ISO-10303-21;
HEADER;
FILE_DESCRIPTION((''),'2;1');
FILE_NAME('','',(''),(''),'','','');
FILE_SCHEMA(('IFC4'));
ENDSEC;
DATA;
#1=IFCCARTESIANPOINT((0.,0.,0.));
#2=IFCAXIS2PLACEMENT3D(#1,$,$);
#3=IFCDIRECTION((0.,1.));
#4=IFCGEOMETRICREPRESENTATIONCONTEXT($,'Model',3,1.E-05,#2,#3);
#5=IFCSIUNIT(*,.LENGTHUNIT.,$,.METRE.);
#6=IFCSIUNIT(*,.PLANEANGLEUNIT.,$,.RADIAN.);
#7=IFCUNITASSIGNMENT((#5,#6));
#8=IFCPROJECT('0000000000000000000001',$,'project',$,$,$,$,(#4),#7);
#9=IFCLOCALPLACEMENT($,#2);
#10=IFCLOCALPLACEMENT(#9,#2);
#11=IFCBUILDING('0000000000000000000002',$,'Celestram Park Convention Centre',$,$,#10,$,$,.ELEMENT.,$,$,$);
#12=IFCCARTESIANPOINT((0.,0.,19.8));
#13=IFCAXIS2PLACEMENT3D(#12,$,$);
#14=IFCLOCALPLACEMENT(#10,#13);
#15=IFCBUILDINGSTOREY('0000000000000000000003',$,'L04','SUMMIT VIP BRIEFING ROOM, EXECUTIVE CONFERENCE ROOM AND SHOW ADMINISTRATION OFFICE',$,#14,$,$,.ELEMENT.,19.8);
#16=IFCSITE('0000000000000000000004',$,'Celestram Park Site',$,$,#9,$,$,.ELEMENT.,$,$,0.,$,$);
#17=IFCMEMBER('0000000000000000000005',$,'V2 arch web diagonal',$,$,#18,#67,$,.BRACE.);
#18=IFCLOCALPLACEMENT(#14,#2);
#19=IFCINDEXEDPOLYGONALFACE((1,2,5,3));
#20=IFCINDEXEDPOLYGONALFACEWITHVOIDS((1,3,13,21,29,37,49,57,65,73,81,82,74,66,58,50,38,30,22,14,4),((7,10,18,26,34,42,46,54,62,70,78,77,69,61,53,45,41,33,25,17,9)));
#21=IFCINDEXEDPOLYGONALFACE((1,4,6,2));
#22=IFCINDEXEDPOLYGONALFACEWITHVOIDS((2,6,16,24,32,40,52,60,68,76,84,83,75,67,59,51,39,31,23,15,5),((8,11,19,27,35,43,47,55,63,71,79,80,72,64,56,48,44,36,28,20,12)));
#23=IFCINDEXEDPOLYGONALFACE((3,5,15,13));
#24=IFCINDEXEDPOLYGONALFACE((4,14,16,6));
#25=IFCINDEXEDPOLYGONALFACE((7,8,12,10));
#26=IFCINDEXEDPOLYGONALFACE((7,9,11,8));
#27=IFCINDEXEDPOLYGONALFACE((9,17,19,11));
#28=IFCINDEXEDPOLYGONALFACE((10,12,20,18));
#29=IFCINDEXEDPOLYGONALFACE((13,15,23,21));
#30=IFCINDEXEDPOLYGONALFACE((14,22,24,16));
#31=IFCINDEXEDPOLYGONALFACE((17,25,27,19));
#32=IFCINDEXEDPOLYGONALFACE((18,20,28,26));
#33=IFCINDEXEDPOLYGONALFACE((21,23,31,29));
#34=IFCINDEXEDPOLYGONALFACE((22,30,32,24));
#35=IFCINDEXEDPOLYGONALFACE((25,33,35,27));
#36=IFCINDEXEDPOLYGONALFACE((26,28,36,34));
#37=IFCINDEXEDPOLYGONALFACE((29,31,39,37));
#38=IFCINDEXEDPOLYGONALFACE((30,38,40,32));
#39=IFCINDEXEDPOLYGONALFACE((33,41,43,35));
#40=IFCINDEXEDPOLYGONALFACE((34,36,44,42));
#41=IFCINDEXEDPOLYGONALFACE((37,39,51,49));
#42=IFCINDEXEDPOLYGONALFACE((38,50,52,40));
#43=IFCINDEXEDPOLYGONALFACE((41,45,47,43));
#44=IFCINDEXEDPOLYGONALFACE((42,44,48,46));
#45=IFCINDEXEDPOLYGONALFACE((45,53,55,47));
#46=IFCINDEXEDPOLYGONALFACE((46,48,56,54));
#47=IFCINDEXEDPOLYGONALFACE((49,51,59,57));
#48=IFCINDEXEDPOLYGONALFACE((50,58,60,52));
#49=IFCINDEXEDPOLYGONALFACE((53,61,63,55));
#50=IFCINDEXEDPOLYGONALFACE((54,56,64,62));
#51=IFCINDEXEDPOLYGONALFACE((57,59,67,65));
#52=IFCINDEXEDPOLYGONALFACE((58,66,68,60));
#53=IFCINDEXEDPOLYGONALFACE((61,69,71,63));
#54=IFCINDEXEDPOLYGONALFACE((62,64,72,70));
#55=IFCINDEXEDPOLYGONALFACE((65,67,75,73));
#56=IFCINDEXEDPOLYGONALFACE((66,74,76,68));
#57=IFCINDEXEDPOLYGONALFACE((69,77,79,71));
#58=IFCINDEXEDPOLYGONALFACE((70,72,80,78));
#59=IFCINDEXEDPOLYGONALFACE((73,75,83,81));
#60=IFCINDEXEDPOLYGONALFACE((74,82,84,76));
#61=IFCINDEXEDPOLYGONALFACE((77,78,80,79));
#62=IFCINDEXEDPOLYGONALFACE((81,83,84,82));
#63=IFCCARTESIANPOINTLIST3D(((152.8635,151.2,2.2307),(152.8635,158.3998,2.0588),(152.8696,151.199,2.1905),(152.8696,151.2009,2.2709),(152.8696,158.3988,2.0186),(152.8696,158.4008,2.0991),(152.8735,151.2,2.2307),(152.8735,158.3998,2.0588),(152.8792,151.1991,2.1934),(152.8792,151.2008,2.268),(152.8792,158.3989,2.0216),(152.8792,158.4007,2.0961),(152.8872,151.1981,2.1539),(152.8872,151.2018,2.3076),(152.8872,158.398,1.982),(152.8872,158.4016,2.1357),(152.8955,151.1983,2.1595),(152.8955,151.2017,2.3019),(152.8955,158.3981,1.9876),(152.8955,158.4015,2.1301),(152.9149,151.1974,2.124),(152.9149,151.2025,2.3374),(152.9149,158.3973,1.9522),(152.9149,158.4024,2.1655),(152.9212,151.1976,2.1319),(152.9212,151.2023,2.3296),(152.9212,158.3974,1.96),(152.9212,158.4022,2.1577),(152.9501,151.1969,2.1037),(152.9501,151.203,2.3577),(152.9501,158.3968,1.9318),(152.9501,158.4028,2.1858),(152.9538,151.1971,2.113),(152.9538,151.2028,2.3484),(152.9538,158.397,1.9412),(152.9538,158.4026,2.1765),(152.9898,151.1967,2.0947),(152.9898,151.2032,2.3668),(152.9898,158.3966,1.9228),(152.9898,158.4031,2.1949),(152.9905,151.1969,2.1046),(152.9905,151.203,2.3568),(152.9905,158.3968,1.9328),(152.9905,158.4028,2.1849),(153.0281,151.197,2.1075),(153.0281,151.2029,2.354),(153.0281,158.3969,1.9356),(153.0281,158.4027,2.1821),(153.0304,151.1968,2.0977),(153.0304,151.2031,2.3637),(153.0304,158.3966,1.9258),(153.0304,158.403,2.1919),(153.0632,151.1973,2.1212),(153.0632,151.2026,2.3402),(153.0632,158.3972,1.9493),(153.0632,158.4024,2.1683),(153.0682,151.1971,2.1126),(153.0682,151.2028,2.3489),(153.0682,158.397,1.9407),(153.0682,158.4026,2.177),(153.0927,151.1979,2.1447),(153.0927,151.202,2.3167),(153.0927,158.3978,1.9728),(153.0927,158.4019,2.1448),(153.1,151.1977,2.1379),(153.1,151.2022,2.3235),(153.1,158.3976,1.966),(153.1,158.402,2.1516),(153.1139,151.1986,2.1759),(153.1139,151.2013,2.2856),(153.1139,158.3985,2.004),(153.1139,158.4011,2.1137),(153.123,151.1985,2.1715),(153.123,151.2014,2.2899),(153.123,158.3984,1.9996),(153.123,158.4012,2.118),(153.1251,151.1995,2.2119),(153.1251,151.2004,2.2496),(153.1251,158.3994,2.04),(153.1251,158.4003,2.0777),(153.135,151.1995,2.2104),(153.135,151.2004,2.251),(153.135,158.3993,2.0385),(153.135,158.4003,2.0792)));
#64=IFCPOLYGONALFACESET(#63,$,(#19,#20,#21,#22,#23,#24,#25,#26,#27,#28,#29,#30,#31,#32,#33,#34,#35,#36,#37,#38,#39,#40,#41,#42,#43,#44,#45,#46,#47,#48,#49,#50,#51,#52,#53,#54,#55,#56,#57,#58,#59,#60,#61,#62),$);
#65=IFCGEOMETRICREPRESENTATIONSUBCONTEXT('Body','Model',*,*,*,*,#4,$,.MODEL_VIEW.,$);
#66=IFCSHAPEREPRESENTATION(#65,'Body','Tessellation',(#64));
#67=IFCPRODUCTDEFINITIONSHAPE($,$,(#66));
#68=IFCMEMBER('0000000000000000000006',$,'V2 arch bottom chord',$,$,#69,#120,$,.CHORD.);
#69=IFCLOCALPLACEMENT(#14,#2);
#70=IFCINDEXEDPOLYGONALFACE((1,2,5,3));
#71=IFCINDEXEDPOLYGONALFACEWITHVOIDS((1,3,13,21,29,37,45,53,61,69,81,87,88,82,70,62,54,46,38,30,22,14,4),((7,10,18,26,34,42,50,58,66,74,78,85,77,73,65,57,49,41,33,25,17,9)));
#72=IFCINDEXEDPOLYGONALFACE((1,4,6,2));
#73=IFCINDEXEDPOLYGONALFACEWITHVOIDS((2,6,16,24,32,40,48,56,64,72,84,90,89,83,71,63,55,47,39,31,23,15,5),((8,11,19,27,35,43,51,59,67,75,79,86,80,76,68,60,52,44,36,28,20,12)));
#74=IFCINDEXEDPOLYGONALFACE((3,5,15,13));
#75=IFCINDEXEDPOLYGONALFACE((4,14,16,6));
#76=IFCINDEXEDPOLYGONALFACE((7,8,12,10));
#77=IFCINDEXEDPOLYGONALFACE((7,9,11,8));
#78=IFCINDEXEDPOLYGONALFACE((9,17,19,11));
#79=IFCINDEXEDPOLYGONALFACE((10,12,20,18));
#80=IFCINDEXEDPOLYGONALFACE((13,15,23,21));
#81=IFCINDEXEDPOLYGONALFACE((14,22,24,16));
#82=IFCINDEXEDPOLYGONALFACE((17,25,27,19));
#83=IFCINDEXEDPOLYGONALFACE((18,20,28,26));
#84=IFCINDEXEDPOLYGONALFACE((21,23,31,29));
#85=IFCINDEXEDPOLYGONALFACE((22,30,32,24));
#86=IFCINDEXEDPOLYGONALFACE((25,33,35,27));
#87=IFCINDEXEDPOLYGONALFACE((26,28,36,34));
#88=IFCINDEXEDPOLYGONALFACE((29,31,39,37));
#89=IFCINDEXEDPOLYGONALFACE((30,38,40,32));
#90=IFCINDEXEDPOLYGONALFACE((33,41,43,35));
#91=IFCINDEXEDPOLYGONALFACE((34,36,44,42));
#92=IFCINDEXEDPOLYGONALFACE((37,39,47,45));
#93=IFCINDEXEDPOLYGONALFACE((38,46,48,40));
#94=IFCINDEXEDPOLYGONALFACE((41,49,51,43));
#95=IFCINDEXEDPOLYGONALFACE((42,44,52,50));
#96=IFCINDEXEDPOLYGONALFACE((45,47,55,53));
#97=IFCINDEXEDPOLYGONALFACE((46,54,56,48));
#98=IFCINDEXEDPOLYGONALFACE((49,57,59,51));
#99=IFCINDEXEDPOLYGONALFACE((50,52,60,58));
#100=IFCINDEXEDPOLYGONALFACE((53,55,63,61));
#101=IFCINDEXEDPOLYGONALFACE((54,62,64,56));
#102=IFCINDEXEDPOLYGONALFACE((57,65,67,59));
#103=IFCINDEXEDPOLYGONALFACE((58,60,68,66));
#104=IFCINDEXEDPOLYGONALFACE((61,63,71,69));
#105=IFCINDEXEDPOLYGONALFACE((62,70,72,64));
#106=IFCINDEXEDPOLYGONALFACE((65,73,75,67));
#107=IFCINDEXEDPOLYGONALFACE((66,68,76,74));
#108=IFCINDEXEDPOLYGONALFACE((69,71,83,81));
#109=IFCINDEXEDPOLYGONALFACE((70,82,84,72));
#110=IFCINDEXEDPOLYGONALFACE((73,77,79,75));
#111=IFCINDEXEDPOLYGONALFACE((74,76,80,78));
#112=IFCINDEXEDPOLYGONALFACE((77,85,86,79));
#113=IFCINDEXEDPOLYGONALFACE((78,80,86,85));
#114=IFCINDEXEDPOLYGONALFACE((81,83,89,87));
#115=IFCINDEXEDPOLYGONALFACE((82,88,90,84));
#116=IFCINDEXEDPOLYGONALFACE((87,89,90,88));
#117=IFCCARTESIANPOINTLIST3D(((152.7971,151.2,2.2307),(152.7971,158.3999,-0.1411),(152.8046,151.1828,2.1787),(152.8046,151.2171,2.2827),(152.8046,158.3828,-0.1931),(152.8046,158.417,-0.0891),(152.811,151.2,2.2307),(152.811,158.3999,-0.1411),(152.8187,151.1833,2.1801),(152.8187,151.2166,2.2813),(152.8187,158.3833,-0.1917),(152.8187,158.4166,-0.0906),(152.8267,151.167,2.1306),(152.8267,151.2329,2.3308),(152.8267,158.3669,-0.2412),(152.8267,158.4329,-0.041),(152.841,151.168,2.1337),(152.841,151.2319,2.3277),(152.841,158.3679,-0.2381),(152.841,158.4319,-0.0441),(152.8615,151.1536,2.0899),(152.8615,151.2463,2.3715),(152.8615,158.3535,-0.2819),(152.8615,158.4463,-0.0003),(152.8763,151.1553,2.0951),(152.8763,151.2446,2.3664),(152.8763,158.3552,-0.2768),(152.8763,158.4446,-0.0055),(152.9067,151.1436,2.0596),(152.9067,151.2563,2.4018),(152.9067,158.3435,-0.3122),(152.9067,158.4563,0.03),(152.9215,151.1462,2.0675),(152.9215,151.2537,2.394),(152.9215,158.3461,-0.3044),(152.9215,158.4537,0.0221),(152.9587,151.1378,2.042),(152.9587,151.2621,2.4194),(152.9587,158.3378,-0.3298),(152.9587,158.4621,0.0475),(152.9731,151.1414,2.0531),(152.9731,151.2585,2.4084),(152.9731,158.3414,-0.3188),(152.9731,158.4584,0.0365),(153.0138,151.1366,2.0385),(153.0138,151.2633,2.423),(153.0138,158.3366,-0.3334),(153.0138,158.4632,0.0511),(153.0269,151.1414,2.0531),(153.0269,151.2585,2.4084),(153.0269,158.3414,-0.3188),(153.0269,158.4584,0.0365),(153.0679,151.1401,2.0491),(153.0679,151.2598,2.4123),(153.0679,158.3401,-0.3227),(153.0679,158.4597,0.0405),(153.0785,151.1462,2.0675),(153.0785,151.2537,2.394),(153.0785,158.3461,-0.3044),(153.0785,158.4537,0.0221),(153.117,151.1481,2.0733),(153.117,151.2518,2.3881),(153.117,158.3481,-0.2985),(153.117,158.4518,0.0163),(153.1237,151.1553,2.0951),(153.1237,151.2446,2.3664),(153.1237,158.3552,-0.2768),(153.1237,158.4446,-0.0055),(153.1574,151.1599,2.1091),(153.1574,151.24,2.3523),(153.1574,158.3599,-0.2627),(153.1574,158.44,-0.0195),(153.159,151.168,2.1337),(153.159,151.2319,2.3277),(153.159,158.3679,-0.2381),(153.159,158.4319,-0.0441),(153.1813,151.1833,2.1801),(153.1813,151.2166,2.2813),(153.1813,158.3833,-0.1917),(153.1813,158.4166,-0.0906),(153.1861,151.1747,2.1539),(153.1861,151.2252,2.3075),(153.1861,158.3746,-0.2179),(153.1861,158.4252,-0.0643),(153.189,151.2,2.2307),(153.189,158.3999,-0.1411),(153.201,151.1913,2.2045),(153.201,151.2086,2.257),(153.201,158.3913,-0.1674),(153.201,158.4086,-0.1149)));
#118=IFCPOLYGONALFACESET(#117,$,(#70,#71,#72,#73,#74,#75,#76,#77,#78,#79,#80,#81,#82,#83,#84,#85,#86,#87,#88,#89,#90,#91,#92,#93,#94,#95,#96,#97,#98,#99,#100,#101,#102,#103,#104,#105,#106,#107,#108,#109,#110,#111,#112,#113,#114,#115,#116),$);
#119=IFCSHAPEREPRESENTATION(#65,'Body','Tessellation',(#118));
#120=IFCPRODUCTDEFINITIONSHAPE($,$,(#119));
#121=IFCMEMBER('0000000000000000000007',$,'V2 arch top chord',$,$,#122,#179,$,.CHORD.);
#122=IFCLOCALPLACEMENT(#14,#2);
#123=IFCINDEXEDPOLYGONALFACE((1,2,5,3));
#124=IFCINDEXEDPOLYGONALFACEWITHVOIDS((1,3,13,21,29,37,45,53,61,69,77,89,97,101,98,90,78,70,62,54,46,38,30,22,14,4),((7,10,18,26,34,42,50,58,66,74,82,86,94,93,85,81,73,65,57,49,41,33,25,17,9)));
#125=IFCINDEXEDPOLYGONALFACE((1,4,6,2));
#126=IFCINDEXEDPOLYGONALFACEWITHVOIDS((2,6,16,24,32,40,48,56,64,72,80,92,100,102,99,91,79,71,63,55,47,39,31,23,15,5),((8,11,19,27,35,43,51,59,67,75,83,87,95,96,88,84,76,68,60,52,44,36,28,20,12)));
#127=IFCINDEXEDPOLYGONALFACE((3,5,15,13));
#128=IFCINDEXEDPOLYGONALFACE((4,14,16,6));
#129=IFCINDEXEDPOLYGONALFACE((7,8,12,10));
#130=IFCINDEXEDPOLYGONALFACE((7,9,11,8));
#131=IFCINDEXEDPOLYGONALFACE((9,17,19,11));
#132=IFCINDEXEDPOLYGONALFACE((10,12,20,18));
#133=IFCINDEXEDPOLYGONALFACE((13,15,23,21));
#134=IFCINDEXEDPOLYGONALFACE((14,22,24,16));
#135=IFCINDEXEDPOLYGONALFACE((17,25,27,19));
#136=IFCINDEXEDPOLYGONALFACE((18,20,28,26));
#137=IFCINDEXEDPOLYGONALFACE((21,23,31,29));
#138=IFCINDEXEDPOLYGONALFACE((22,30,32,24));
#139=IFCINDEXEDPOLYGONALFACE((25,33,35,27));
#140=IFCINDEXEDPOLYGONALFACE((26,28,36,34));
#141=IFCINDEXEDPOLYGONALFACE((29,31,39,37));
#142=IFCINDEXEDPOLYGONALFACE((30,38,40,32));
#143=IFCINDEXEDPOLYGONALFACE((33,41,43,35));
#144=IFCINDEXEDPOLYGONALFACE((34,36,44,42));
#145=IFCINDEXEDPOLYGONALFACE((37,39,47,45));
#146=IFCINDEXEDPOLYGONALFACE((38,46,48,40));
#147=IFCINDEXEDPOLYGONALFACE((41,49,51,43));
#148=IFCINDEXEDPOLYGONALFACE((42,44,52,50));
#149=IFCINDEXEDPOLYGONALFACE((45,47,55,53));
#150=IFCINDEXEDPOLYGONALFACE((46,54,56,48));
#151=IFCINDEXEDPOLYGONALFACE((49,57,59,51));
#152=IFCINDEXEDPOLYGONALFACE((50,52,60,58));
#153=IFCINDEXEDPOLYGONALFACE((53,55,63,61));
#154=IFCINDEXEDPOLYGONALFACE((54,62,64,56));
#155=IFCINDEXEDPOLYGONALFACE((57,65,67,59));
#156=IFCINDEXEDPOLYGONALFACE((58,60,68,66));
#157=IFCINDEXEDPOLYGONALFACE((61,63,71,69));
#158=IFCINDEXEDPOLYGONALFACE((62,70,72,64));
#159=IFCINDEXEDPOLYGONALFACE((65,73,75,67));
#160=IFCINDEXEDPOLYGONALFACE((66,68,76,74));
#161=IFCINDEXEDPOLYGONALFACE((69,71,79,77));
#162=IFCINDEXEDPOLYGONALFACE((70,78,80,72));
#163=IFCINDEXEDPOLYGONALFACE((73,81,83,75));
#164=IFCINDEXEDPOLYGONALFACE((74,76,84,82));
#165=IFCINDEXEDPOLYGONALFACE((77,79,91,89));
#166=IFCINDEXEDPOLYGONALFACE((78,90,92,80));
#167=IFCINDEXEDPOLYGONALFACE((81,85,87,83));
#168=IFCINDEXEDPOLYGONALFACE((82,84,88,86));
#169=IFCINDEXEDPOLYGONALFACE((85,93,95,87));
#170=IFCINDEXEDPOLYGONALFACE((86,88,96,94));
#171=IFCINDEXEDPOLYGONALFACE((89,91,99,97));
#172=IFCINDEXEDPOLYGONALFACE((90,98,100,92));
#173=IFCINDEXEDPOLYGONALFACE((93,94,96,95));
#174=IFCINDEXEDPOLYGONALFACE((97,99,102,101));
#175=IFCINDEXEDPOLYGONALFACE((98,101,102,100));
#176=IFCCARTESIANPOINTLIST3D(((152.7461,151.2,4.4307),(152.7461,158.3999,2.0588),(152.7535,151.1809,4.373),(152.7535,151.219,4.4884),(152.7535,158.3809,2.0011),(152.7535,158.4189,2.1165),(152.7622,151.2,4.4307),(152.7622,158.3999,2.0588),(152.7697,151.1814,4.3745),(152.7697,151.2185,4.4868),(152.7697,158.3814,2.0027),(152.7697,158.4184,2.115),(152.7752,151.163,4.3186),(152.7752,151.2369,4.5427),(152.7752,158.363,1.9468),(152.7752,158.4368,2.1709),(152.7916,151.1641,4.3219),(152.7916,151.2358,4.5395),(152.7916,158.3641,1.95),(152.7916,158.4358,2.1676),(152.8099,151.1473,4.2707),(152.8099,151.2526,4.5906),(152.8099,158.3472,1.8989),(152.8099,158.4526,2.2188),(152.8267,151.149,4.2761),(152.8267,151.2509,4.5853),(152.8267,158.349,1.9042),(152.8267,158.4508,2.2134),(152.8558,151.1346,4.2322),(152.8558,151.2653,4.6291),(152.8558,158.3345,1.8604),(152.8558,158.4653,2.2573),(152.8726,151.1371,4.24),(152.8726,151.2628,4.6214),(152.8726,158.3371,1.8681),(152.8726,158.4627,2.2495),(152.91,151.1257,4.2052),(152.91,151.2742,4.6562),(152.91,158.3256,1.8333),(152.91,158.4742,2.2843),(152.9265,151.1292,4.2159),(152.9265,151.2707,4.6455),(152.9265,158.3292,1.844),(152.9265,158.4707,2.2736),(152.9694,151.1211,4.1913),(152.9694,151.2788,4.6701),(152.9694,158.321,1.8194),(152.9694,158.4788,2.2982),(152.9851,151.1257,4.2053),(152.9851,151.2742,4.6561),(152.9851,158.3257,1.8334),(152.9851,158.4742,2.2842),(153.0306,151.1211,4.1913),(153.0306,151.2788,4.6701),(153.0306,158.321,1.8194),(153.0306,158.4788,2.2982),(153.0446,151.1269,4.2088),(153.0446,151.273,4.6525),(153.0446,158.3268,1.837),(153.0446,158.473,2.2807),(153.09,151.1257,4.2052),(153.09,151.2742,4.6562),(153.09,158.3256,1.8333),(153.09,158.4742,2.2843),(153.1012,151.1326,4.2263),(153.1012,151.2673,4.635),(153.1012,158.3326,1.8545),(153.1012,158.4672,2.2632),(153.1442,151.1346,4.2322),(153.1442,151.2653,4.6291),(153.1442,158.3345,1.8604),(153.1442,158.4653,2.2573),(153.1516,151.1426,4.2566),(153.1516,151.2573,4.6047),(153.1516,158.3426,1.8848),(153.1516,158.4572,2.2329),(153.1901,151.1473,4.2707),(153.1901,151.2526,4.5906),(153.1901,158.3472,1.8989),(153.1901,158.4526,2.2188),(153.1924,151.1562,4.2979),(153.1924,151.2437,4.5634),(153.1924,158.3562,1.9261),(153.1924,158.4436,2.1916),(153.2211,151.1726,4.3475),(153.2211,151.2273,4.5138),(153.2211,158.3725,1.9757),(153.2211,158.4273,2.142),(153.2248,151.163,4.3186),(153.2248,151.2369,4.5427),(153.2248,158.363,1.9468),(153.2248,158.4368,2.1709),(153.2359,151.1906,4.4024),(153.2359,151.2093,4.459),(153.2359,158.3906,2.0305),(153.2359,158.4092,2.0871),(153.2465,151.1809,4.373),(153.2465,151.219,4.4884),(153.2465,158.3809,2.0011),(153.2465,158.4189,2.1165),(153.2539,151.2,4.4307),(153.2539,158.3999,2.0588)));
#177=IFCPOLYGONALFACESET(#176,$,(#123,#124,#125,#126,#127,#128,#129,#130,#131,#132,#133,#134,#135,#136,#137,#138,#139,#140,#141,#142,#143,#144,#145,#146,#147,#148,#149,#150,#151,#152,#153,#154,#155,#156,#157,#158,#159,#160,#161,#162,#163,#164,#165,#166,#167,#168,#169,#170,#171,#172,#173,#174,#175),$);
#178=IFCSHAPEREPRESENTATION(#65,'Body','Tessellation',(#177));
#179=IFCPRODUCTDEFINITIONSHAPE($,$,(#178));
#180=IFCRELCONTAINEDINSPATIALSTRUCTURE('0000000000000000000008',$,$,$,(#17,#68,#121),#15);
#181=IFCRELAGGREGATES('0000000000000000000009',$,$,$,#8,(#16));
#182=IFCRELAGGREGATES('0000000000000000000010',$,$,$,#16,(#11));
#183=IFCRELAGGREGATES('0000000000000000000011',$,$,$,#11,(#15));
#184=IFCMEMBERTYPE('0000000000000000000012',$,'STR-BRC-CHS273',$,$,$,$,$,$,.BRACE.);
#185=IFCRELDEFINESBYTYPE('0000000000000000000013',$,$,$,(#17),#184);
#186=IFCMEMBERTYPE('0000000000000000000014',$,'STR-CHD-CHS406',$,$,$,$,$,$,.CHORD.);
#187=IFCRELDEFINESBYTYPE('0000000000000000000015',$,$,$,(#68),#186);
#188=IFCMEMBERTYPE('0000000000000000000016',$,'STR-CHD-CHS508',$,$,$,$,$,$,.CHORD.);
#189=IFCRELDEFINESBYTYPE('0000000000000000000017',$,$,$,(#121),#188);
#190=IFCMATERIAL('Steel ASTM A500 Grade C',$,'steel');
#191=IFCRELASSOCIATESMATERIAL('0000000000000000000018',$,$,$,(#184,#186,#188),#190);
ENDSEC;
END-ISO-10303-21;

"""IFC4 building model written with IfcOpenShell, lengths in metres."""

from ifc_helpers import new_model, si_unit, direction, frame, origin, origin_2d, place, context, subcontext, project, spatial, hollow_circle, extrude, material, material_profile, profile_set, type_object, element, save


model = new_model("IFC4")

# Units and contexts
model_context = context("Model", 3, precision=1e-05, world=origin(), true_north=direction((0.0, 1.0)))
body_context = subcontext(model_context, "Body", "Model", "MODEL_VIEW")
ifc_project = project(units=[si_unit("LENGTHUNIT", "METRE"), si_unit("PLANEANGLEUNIT", "RADIAN")], contexts=[model_context])

# Site, building, storey
site_placement = place(None, origin())
site = spatial("IfcSite", under=ifc_project, at=site_placement, Name="Celestram Park Site", CompositionType="ELEMENT", RefElevation=0.0)
building_placement = place(site_placement, origin())
building = spatial("IfcBuilding", under=site, at=building_placement, Name="Celestram Park Convention Centre", CompositionType="ELEMENT")
storey_placement = place(building_placement, frame((0.0, 0.0, 19.8)))
storey = spatial("IfcBuildingStorey", under=building, at=storey_placement, Name="L04", Description="SUMMIT VIP BRIEFING ROOM, EXECUTIVE CONFERENCE ROOM AND SHOW ADMINISTRATION OFFICE", CompositionType="ELEMENT", Elevation=19.8)

# Members
ifc_material_1 = material(Name="Steel ASTM A500 Grade C", Category="steel")
ifc_material_profile_1 = material_profile(ifc_material_1, hollow_circle(Radius=0.1365, WallThickness=0.01, at=origin_2d()), Name="CHS273X10")
ifc_profile_set_1 = profile_set([ifc_material_profile_1], Name="Steel ASTM A500 Grade C")
member_type_1 = type_object("IfcMemberType", Name="STR-BRC-CHS273", PredefinedType="BRACE", material=ifc_profile_set_1)
member_1_placement = place(storey_placement, frame((153.0, 151.2, 2.2307), z_axis=(0.0, 0.999715, -0.023865), x_axis=(-1.0, 0.0, 0.0)))
element("IfcMember", 1, at=member_1_placement, inside=storey, type_object=member_type_1, Name="V2 arch web diagonal", PredefinedType="BRACE", context=body_context, shape_type="SweptSolid", body=[
    extrude(hollow_circle(Radius=0.1365, WallThickness=0.01, at=origin_2d()), origin(), (0.0, 0.0, 1.0), 7.2019),
])
ifc_material_profile_2 = material_profile(ifc_material_1, hollow_circle(Radius=0.2029, WallThickness=0.0139, at=origin_2d()), Name="CHS406X14")
ifc_profile_set_2 = profile_set([ifc_material_profile_2], Name="Steel ASTM A500 Grade C")
member_type_2 = type_object("IfcMemberType", Name="STR-CHD-CHS406", PredefinedType="CHORD", material=ifc_profile_set_2)
member_2_placement = place(storey_placement, frame((153.0, 151.2, 2.2307), z_axis=(0.0, 0.949792, -0.312883), x_axis=(-1.0, 0.0, 0.0)))
element("IfcMember", 2, at=member_2_placement, inside=storey, type_object=member_type_2, Name="V2 arch bottom chord", PredefinedType="CHORD", context=body_context, shape_type="SweptSolid", body=[
    extrude(hollow_circle(Radius=0.2029, WallThickness=0.0139, at=origin_2d()), origin(), (0.0, 0.0, 1.0), 7.5806),
])
ifc_material_profile_3 = material_profile(ifc_material_1, hollow_circle(Radius=0.2539, WallThickness=0.0161, at=origin_2d()), Name="CHS508X16")
ifc_profile_set_3 = profile_set([ifc_material_profile_3], Name="Steel ASTM A500 Grade C")
member_type_3 = type_object("IfcMemberType", Name="STR-CHD-CHS508", PredefinedType="CHORD", material=ifc_profile_set_3)
member_3_placement = place(storey_placement, frame((153.0, 151.2, 4.4307), z_axis=(0.0, 0.949792, -0.312883), x_axis=(-1.0, 0.0, 0.0)))
element("IfcMember", 3, at=member_3_placement, inside=storey, type_object=member_type_3, Name="V2 arch top chord", PredefinedType="CHORD", context=body_context, shape_type="SweptSolid", body=[
    extrude(hollow_circle(Radius=0.2539, WallThickness=0.0161, at=origin_2d()), origin(), (0.0, 0.0, 1.0), 7.5806),
])

save(model, "model.ifc")
